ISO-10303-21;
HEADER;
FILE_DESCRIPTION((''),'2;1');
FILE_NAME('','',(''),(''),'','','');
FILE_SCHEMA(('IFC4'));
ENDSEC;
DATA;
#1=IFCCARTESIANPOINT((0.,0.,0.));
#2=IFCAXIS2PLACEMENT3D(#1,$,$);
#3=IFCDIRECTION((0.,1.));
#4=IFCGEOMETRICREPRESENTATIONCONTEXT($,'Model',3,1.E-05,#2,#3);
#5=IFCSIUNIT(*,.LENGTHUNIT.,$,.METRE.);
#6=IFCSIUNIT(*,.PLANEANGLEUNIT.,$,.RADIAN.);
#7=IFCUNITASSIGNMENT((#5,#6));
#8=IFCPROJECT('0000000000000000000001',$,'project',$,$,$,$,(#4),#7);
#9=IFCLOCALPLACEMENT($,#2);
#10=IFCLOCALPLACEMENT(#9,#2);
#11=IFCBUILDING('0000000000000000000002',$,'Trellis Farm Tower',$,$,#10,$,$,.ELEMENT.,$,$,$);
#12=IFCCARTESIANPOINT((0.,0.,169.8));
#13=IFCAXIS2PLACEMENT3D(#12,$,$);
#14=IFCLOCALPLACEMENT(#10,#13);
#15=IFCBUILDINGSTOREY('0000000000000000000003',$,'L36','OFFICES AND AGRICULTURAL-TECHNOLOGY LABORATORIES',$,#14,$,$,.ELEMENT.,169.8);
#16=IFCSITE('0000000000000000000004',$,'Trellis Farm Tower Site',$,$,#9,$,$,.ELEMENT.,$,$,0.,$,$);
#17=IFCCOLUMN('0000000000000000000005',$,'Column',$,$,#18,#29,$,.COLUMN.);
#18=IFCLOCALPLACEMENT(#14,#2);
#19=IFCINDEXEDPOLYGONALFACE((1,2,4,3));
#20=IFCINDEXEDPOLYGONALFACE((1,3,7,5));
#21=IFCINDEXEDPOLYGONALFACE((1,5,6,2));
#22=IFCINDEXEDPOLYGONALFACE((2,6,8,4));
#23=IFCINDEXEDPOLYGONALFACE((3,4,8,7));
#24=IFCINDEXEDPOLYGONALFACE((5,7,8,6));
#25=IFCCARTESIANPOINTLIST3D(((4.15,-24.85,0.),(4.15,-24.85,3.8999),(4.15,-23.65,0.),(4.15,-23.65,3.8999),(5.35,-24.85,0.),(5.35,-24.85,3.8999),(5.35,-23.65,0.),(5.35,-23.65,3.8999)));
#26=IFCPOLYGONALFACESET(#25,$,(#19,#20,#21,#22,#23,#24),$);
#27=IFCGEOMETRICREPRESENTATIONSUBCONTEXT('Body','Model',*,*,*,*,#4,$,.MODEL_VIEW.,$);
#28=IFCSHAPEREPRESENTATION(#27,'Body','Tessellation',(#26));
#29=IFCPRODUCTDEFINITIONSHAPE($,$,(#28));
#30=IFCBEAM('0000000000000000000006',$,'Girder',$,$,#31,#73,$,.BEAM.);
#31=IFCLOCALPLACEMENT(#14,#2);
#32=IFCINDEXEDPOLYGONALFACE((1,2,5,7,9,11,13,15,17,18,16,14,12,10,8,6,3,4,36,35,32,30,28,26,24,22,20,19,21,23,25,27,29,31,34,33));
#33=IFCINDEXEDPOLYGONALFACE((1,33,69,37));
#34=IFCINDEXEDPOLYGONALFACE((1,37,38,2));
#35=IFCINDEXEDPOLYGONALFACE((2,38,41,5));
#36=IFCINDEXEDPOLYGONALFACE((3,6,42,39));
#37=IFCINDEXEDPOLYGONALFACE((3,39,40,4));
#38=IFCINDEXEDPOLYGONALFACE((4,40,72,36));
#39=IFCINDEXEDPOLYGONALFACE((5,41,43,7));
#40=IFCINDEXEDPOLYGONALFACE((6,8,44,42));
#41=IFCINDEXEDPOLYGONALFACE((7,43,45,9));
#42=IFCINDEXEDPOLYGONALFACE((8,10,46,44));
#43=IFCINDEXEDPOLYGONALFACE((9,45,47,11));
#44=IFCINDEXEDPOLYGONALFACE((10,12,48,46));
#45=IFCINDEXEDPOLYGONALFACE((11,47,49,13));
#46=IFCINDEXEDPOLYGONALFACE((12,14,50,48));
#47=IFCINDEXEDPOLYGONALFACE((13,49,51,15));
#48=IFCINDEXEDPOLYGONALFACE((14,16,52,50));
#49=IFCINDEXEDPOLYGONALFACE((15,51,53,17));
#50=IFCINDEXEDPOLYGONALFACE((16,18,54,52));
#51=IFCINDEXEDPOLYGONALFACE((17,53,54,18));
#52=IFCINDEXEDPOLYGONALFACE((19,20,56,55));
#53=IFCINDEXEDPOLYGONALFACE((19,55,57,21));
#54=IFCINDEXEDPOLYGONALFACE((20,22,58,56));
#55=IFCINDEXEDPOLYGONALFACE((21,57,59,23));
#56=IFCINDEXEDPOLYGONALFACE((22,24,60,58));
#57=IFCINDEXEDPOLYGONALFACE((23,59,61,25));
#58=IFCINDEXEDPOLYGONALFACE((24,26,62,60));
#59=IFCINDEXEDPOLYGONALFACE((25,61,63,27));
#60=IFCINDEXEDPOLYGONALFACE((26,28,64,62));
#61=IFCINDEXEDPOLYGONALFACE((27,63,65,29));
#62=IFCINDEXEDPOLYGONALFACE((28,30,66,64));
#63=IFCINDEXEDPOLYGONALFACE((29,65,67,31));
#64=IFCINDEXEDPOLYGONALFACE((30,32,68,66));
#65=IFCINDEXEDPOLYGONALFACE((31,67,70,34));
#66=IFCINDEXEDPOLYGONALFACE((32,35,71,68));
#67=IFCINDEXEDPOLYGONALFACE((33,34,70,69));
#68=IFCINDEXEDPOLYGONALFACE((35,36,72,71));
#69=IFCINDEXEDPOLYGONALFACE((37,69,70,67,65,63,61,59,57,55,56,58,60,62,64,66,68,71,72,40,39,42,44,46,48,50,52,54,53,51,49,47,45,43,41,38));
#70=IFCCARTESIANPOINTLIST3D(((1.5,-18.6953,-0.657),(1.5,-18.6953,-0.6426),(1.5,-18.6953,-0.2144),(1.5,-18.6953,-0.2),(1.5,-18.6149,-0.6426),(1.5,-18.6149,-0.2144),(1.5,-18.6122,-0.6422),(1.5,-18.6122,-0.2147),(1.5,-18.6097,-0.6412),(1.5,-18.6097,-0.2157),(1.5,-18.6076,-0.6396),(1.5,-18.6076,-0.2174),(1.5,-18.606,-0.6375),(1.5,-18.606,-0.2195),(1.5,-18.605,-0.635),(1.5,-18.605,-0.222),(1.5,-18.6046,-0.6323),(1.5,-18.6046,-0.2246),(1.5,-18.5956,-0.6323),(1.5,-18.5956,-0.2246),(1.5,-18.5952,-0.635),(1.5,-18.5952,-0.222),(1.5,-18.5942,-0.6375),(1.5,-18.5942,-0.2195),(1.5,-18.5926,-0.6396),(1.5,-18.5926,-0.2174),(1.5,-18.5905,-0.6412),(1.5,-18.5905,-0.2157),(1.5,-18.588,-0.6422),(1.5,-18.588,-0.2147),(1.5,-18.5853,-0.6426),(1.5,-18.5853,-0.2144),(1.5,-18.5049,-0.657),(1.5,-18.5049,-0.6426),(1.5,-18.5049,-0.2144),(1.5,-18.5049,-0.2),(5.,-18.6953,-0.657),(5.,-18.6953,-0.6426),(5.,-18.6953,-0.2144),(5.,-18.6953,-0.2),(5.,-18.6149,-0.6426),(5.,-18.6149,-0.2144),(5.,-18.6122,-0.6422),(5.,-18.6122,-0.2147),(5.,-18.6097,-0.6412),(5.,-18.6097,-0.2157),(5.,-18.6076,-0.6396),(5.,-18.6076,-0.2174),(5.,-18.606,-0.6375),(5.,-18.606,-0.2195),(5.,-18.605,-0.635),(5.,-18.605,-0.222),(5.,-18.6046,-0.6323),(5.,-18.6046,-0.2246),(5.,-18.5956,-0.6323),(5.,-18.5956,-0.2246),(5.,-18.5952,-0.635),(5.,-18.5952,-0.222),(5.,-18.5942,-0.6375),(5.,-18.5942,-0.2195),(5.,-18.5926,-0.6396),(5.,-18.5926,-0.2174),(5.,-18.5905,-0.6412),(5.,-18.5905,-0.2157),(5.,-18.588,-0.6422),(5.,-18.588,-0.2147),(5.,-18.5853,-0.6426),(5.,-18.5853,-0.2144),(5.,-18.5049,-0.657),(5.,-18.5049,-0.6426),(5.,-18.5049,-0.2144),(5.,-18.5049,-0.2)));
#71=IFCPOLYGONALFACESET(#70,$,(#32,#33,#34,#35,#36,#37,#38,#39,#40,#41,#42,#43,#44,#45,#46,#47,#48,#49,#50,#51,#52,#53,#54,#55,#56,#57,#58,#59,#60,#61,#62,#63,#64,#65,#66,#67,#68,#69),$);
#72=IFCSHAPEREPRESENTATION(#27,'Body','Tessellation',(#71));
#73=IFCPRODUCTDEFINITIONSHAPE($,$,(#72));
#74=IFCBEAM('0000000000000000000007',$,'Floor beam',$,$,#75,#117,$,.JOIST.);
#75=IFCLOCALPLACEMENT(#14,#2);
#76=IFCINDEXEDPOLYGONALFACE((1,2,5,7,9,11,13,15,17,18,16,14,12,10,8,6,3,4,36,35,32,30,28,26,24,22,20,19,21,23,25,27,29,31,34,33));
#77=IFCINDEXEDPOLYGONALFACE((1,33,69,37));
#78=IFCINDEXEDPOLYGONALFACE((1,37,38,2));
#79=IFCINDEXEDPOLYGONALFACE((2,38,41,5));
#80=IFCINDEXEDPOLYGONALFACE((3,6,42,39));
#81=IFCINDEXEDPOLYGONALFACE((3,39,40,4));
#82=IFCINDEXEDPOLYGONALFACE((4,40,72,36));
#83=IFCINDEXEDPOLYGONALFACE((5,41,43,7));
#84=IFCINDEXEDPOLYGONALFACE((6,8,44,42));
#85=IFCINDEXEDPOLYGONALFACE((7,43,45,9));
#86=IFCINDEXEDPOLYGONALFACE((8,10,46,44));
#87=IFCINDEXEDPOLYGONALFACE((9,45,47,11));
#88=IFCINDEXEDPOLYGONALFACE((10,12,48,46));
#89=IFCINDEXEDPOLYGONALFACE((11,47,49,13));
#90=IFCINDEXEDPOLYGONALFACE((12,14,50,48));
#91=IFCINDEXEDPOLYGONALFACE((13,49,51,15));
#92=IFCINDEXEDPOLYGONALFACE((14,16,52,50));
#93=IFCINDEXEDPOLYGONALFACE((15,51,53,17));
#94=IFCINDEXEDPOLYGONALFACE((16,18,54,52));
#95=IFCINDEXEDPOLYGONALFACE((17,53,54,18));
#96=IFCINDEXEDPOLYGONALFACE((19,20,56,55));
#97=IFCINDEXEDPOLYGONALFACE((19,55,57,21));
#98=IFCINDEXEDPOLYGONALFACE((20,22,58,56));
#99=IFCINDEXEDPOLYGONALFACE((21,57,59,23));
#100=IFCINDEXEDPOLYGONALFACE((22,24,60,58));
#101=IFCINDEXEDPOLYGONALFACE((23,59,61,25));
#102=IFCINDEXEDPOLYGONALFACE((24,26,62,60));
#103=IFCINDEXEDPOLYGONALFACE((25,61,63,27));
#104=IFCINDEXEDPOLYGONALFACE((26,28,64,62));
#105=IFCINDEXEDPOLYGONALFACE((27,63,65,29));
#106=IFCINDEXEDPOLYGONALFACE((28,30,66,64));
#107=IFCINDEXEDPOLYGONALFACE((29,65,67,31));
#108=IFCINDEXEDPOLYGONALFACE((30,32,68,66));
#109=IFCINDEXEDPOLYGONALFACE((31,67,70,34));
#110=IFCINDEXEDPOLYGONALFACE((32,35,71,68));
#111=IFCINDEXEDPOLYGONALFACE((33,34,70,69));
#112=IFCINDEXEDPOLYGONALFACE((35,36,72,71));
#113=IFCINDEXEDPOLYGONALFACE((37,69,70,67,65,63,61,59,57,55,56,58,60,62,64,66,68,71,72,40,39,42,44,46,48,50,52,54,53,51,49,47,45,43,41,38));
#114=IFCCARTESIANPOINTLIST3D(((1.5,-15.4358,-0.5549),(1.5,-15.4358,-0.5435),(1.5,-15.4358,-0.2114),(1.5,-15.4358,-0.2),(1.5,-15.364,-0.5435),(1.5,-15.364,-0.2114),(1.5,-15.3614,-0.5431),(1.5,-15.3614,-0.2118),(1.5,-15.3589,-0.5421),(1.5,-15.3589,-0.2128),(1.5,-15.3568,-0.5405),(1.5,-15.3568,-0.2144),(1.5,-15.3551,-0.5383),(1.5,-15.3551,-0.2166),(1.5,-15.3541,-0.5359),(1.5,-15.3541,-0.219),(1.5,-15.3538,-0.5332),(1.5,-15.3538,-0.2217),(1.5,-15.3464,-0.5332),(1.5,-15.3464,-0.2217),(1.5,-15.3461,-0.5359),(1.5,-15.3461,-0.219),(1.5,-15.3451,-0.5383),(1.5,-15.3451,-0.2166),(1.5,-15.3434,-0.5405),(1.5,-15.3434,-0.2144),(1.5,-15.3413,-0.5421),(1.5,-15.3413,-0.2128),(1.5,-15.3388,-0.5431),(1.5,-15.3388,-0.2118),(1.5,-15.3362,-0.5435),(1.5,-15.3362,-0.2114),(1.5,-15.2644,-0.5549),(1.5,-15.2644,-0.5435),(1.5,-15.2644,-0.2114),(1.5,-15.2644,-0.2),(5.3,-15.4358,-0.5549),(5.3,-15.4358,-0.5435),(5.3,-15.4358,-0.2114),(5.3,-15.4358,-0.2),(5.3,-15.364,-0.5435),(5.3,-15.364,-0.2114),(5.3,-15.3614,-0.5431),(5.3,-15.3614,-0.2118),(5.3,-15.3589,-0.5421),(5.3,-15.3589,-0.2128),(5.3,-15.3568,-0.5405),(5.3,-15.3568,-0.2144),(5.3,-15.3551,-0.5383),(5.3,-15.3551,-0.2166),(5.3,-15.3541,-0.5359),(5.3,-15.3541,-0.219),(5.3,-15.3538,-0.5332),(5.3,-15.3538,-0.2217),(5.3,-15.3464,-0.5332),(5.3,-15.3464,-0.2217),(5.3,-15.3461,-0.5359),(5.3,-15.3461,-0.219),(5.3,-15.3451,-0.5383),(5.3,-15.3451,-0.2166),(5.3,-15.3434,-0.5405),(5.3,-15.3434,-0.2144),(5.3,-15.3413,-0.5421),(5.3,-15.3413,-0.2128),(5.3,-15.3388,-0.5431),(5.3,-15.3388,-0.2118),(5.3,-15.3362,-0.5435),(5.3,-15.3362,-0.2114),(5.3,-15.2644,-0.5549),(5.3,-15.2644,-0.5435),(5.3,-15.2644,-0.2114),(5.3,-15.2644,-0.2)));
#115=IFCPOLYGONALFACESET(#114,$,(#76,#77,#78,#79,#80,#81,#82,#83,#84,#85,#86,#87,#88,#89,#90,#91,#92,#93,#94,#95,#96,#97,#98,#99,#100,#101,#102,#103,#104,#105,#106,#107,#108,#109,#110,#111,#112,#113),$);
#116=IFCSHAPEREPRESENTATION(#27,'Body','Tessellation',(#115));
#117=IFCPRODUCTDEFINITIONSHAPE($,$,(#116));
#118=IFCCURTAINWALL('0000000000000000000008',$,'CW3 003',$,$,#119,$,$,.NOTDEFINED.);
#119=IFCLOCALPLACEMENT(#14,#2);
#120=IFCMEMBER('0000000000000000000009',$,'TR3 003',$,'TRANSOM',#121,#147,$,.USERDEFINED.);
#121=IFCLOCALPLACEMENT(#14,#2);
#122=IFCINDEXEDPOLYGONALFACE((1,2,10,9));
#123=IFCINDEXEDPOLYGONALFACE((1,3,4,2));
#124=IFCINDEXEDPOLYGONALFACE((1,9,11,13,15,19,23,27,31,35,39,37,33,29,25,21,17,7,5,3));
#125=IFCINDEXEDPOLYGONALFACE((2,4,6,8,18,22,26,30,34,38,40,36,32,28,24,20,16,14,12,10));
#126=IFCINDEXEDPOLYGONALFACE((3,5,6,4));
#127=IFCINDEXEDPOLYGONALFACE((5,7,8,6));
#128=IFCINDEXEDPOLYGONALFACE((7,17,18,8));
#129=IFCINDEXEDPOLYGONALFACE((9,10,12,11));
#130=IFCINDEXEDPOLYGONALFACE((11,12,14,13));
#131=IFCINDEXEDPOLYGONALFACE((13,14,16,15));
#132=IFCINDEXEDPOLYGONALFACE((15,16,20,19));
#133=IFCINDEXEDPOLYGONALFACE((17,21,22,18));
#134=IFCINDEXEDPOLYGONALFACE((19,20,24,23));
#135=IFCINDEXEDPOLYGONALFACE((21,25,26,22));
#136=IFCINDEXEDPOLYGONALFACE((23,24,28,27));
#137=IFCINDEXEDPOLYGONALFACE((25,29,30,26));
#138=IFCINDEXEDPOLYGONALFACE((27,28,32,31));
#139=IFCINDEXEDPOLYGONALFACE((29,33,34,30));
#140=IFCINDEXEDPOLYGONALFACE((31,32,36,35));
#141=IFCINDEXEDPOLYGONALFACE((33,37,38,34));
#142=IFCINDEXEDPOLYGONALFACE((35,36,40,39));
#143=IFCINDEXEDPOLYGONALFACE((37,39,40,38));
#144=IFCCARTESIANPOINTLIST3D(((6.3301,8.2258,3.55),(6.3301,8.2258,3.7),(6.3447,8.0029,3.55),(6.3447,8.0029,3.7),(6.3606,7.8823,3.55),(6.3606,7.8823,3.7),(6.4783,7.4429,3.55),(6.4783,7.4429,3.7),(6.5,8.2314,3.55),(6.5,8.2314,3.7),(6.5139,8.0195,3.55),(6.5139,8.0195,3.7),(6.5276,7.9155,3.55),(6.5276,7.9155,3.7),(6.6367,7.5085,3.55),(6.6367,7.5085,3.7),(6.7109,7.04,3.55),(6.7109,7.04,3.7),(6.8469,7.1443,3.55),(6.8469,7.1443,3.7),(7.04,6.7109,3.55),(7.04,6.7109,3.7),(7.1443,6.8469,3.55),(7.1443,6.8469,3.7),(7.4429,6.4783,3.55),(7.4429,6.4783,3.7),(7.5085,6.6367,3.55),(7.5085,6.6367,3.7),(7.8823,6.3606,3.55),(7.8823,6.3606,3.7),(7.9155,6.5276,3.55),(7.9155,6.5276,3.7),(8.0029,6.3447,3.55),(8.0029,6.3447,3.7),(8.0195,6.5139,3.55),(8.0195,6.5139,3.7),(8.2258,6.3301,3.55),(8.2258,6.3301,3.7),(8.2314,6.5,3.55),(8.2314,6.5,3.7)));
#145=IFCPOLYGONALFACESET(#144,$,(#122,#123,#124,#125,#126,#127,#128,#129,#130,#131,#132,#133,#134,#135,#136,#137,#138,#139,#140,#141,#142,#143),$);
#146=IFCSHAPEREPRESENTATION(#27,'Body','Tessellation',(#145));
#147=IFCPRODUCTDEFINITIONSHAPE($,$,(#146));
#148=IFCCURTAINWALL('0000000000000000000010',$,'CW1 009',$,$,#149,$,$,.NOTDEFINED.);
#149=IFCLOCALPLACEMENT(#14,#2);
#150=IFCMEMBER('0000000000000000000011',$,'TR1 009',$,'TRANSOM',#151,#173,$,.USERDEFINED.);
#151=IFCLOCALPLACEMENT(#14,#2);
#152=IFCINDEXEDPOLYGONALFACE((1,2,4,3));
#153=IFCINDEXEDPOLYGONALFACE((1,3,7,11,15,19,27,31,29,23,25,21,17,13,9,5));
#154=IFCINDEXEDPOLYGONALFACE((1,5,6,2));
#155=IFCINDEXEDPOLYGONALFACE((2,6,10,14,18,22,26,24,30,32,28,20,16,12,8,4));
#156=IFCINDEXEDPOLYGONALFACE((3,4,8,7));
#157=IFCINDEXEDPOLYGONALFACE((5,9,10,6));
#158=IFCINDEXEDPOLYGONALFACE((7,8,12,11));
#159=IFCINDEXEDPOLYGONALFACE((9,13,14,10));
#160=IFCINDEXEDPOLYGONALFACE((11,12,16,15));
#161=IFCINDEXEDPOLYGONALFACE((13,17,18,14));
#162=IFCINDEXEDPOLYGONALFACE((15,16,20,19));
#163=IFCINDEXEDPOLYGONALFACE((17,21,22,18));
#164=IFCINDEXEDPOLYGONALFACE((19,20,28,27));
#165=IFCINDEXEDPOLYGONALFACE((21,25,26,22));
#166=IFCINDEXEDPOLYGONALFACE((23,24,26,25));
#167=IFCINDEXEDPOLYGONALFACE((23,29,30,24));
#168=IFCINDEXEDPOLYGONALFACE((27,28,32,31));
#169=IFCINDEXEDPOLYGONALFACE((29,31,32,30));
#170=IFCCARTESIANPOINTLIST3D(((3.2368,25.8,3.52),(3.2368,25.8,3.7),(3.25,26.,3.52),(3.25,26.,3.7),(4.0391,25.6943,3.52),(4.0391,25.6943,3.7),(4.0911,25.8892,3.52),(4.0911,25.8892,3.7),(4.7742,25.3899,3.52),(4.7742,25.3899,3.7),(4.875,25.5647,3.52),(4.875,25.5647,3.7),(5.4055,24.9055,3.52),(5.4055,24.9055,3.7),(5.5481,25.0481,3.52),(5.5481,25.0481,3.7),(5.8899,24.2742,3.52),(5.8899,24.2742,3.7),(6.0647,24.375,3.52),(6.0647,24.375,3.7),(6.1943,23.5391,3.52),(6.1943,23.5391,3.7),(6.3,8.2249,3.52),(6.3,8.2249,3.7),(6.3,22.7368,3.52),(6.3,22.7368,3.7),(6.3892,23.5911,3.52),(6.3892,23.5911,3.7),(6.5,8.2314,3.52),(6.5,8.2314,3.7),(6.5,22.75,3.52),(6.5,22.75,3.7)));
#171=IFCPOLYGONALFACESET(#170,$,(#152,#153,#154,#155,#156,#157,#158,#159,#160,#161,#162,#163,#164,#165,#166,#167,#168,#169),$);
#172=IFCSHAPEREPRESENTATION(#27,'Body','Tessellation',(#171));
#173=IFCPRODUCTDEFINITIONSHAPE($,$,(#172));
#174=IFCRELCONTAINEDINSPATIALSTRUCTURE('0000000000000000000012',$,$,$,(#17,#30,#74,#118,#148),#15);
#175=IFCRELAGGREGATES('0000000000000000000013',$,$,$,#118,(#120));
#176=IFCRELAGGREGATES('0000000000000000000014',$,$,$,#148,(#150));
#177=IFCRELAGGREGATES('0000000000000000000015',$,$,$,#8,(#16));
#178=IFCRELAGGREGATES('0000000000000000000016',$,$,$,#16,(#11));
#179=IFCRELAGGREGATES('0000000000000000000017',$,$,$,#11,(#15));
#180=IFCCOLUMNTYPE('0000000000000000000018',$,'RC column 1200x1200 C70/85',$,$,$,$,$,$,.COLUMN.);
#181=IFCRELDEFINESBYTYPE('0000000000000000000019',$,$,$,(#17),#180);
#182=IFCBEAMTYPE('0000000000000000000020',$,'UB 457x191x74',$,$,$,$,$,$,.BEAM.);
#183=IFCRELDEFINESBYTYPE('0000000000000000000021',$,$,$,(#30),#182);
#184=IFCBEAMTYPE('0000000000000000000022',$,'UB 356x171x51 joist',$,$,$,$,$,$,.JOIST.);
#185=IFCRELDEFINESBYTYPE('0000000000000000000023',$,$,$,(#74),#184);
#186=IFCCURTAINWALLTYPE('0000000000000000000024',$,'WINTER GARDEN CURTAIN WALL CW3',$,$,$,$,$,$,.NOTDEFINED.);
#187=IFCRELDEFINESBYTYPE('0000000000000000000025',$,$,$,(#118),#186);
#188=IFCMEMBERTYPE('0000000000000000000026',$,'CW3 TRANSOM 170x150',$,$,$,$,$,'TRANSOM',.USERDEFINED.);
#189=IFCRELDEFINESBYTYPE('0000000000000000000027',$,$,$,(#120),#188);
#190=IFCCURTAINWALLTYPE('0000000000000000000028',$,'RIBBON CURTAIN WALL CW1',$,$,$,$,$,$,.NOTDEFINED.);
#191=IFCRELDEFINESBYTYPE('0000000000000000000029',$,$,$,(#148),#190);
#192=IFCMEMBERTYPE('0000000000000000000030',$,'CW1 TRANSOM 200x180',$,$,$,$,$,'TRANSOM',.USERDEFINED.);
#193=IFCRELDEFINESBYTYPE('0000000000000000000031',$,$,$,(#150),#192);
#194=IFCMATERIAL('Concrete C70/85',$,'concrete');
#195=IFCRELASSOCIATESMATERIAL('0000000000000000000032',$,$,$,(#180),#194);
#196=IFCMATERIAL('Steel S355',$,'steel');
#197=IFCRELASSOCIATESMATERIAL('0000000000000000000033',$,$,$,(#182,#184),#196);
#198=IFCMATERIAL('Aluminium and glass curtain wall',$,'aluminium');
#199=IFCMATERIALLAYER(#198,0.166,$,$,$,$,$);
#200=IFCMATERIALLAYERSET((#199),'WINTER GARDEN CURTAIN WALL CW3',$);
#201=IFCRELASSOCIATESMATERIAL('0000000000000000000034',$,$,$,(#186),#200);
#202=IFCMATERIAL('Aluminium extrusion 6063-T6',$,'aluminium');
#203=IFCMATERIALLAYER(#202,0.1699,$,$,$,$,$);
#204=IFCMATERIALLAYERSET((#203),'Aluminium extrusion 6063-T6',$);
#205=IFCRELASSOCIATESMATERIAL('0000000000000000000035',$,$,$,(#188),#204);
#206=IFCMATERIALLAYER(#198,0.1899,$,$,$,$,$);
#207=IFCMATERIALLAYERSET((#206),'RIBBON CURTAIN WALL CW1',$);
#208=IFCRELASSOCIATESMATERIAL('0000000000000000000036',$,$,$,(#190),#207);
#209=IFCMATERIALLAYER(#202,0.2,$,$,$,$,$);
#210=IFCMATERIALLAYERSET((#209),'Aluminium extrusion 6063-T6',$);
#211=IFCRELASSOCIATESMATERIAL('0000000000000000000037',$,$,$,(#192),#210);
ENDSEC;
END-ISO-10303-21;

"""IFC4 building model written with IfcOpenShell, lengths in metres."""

from ifc_helpers import new_model, si_unit, direction, frame, origin, origin_2d, place, context, subcontext, project, spatial, polyline, rectangle, i_section, outline, extrude, source, transform, mapped, material, layer, layer_set, material_profile, profile_set, type_object, element, aggregate, save


model = new_model("IFC4")

# Units and contexts
model_context = context("Model", 3, precision=1e-05, world=origin(), true_north=direction((0.0, 1.0)))
body_context = subcontext(model_context, "Body", "Model", "MODEL_VIEW")
ifc_project = project(units=[si_unit("LENGTHUNIT", "METRE"), si_unit("PLANEANGLEUNIT", "RADIAN")], contexts=[model_context])

# Site, building, storey
site_placement = place(None, origin())
site = spatial("IfcSite", under=ifc_project, at=site_placement, Name="Trellis Farm Tower Site", CompositionType="ELEMENT", RefElevation=0.0)
building_placement = place(site_placement, origin())
building = spatial("IfcBuilding", under=site, at=building_placement, Name="Trellis Farm Tower", CompositionType="ELEMENT")
storey_placement = place(building_placement, frame((0.0, 0.0, 169.8)))
storey = spatial("IfcBuildingStorey", under=building, at=storey_placement, Name="L36", Description="OFFICES AND AGRICULTURAL-TECHNOLOGY LABORATORIES", CompositionType="ELEMENT", Elevation=169.8)

# Column
ifc_material_1 = material(Name="Concrete C70/85", Category="concrete")
ifc_material_profile_1 = material_profile(ifc_material_1, rectangle(XDim=1.2, YDim=1.2, at=origin_2d()), Name="RC column 1200x1200 C70/85")
ifc_profile_set_1 = profile_set([ifc_material_profile_1], Name="Concrete C70/85")
column_type = type_object("IfcColumnType", Name="RC column 1200x1200 C70/85", PredefinedType="COLUMN", material=ifc_profile_set_1)
shared_shape_1 = source(origin(), body_context, "Body", "SweptSolid", [
    extrude(rectangle(XDim=1.2, YDim=1.2, at=origin_2d()), origin(), (0.0, 0.0, 1.0), 3.8999),
])
column_placement = place(storey_placement, frame((4.75, -24.25, 0.0), z_axis=(0.0, 0.0, 1.0), x_axis=(1.0, 0.0, 0.0)))
element("IfcColumn", 1, at=column_placement, inside=storey, type_object=column_type, Name="Column", PredefinedType="COLUMN", context=body_context, shape_type="MappedRepresentation", body=[
    mapped(shared_shape_1, transform((0.0, 0.0, 0.0))),
])

# Beams
ifc_material_2 = material(Name="Steel S355", Category="steel")
ifc_material_profile_2 = material_profile(ifc_material_2, i_section(OverallWidth=0.1904, OverallDepth=0.457, WebThickness=0.009, FlangeThickness=0.0144, FilletRadius=0.0103, at=origin_2d()), Name="UB 457x191x74")
ifc_profile_set_2 = profile_set([ifc_material_profile_2], Name="Steel S355")
beam_type_1 = type_object("IfcBeamType", Name="UB 457x191x74", PredefinedType="BEAM", material=ifc_profile_set_2)
shared_shape_2 = source(origin(), body_context, "Body", "SweptSolid", [
    extrude(i_section(OverallWidth=0.1904, OverallDepth=0.457, WebThickness=0.009, FlangeThickness=0.0144, FilletRadius=0.0103, at=origin_2d()), origin(), (0.0, 0.0, 1.0), 3.5),
])
beam_1_placement = place(storey_placement, frame((1.5, -18.6001, -0.4285), z_axis=(1.0, 0.0, 0.0), x_axis=(0.0, 1.0, 0.0)))
element("IfcBeam", 2, at=beam_1_placement, inside=storey, type_object=beam_type_1, Name="Girder", PredefinedType="BEAM", context=body_context, shape_type="MappedRepresentation", body=[
    mapped(shared_shape_2, transform((0.0, 0.0, 0.0))),
])
ifc_material_profile_3 = material_profile(ifc_material_2, i_section(OverallWidth=0.1714, OverallDepth=0.355, WebThickness=0.0073, FlangeThickness=0.0115, FilletRadius=0.0103, at=origin_2d()), Name="UB 356x171x51")
ifc_profile_set_3 = profile_set([ifc_material_profile_3], Name="Steel S355")
beam_type_2 = type_object("IfcBeamType", Name="UB 356x171x51 joist", PredefinedType="JOIST", material=ifc_profile_set_3)
shared_shape_3 = source(origin(), body_context, "Body", "SweptSolid", [
    extrude(i_section(OverallWidth=0.1714, OverallDepth=0.355, WebThickness=0.0073, FlangeThickness=0.0115, FilletRadius=0.0103, at=origin_2d()), origin(), (0.0, 0.0, 1.0), 3.8),
])
beam_2_placement = place(storey_placement, frame((1.5, -15.3501, -0.3774), z_axis=(1.0, 0.0, 0.0), x_axis=(0.0, 1.0, 0.0)))
element("IfcBeam", 3, at=beam_2_placement, inside=storey, type_object=beam_type_2, Name="Floor beam", PredefinedType="JOIST", context=body_context, shape_type="MappedRepresentation", body=[
    mapped(shared_shape_3, transform((0.0, 0.0, 0.0))),
])

# Curtain walls, members
ifc_material_3 = material(Name="Aluminium and glass curtain wall", Category="aluminium")
ifc_layer_1 = layer(ifc_material_3, 0.166)
ifc_layer_set_1 = layer_set([ifc_layer_1], Name="WINTER GARDEN CURTAIN WALL CW3")
curtain_wall_type_1 = type_object("IfcCurtainWallType", Name="WINTER GARDEN CURTAIN WALL CW3", PredefinedType="NOTDEFINED", material=ifc_layer_set_1)
placement_1 = place(storey_placement, origin())
curtain_wall_1 = element("IfcCurtainWall", 4, at=placement_1, inside=storey, type_object=curtain_wall_type_1, Name="CW3 003", PredefinedType="NOTDEFINED")
ifc_material_4 = material(Name="Aluminium extrusion 6063-T6", Category="aluminium")
ifc_layer_2 = layer(ifc_material_4, 0.1699)
ifc_layer_set_2 = layer_set([ifc_layer_2], Name="Aluminium extrusion 6063-T6")
member_type_1 = type_object("IfcMemberType", Name="CW3 TRANSOM 170x150", ElementType="TRANSOM", PredefinedType="USERDEFINED", material=ifc_layer_set_2)
shared_shape_4 = source(origin(), body_context, "Body", "SweptSolid", [
    extrude(outline(polyline([(8.2314, 6.5), (8.0195, 6.5139), (7.9155, 6.5276), (7.5085, 6.6367), (7.1443, 6.8469), (6.8469, 7.1443), (6.6367, 7.5085), (6.5276, 7.9155), (6.5139, 8.0195), (6.5, 8.2314), (6.3301, 8.2258), (6.3447, 8.0029), (6.3606, 7.8823), (6.4783, 7.4429), (6.7109, 7.04), (7.04, 6.7109), (7.4429, 6.4783), (7.8823, 6.3606), (8.0029, 6.3447), (8.2258, 6.3301), (8.2314, 6.5)])), origin(), (0.0, 0.0, 1.0), 0.1499),
])
member_1_placement = place(storey_placement, frame((0.0, 0.0, 3.55)))
member_1 = element("IfcMember", 5, at=member_1_placement, type_object=member_type_1, Name="TR3 003", ObjectType="TRANSOM", PredefinedType="USERDEFINED", context=body_context, shape_type="MappedRepresentation", body=[
    mapped(shared_shape_4, transform((0.0, 0.0, 0.0))),
])
ifc_layer_3 = layer(ifc_material_3, 0.1899)
ifc_layer_set_3 = layer_set([ifc_layer_3], Name="RIBBON CURTAIN WALL CW1")
curtain_wall_type_2 = type_object("IfcCurtainWallType", Name="RIBBON CURTAIN WALL CW1", PredefinedType="NOTDEFINED", material=ifc_layer_set_3)
curtain_wall_2 = element("IfcCurtainWall", 6, at=placement_1, inside=storey, type_object=curtain_wall_type_2, Name="CW1 009", PredefinedType="NOTDEFINED")
ifc_layer_4 = layer(ifc_material_4, 0.2)
ifc_layer_set_4 = layer_set([ifc_layer_4], Name="Aluminium extrusion 6063-T6")
member_type_2 = type_object("IfcMemberType", Name="CW1 TRANSOM 200x180", ElementType="TRANSOM", PredefinedType="USERDEFINED", material=ifc_layer_set_4)
shared_shape_5 = source(origin(), body_context, "Body", "SweptSolid", [
    extrude(outline(polyline([(6.5, 8.2314), (6.5, 22.75), (6.3892, 23.5911), (6.0647, 24.375), (5.5481, 25.0481), (4.875, 25.5647), (4.0911, 25.8892), (3.25, 26.0), (3.2368, 25.8), (4.0391, 25.6943), (4.7742, 25.3899), (5.4055, 24.9055), (5.8899, 24.2742), (6.1943, 23.5391), (6.3, 22.7368), (6.3, 8.2249), (6.5, 8.2314)])), origin(), (0.0, 0.0, 1.0), 0.1799),
])
placement_2 = place(storey_placement, frame((0.0, 0.0, 3.52)))
member_2 = element("IfcMember", 7, at=placement_2, type_object=member_type_2, Name="TR1 009", ObjectType="TRANSOM", PredefinedType="USERDEFINED", context=body_context, shape_type="MappedRepresentation", body=[
    mapped(shared_shape_5, transform((0.0, 0.0, 0.0))),
])

aggregate(curtain_wall_1, [member_1])
aggregate(curtain_wall_2, [member_2])

save(model, "model.ifc")
